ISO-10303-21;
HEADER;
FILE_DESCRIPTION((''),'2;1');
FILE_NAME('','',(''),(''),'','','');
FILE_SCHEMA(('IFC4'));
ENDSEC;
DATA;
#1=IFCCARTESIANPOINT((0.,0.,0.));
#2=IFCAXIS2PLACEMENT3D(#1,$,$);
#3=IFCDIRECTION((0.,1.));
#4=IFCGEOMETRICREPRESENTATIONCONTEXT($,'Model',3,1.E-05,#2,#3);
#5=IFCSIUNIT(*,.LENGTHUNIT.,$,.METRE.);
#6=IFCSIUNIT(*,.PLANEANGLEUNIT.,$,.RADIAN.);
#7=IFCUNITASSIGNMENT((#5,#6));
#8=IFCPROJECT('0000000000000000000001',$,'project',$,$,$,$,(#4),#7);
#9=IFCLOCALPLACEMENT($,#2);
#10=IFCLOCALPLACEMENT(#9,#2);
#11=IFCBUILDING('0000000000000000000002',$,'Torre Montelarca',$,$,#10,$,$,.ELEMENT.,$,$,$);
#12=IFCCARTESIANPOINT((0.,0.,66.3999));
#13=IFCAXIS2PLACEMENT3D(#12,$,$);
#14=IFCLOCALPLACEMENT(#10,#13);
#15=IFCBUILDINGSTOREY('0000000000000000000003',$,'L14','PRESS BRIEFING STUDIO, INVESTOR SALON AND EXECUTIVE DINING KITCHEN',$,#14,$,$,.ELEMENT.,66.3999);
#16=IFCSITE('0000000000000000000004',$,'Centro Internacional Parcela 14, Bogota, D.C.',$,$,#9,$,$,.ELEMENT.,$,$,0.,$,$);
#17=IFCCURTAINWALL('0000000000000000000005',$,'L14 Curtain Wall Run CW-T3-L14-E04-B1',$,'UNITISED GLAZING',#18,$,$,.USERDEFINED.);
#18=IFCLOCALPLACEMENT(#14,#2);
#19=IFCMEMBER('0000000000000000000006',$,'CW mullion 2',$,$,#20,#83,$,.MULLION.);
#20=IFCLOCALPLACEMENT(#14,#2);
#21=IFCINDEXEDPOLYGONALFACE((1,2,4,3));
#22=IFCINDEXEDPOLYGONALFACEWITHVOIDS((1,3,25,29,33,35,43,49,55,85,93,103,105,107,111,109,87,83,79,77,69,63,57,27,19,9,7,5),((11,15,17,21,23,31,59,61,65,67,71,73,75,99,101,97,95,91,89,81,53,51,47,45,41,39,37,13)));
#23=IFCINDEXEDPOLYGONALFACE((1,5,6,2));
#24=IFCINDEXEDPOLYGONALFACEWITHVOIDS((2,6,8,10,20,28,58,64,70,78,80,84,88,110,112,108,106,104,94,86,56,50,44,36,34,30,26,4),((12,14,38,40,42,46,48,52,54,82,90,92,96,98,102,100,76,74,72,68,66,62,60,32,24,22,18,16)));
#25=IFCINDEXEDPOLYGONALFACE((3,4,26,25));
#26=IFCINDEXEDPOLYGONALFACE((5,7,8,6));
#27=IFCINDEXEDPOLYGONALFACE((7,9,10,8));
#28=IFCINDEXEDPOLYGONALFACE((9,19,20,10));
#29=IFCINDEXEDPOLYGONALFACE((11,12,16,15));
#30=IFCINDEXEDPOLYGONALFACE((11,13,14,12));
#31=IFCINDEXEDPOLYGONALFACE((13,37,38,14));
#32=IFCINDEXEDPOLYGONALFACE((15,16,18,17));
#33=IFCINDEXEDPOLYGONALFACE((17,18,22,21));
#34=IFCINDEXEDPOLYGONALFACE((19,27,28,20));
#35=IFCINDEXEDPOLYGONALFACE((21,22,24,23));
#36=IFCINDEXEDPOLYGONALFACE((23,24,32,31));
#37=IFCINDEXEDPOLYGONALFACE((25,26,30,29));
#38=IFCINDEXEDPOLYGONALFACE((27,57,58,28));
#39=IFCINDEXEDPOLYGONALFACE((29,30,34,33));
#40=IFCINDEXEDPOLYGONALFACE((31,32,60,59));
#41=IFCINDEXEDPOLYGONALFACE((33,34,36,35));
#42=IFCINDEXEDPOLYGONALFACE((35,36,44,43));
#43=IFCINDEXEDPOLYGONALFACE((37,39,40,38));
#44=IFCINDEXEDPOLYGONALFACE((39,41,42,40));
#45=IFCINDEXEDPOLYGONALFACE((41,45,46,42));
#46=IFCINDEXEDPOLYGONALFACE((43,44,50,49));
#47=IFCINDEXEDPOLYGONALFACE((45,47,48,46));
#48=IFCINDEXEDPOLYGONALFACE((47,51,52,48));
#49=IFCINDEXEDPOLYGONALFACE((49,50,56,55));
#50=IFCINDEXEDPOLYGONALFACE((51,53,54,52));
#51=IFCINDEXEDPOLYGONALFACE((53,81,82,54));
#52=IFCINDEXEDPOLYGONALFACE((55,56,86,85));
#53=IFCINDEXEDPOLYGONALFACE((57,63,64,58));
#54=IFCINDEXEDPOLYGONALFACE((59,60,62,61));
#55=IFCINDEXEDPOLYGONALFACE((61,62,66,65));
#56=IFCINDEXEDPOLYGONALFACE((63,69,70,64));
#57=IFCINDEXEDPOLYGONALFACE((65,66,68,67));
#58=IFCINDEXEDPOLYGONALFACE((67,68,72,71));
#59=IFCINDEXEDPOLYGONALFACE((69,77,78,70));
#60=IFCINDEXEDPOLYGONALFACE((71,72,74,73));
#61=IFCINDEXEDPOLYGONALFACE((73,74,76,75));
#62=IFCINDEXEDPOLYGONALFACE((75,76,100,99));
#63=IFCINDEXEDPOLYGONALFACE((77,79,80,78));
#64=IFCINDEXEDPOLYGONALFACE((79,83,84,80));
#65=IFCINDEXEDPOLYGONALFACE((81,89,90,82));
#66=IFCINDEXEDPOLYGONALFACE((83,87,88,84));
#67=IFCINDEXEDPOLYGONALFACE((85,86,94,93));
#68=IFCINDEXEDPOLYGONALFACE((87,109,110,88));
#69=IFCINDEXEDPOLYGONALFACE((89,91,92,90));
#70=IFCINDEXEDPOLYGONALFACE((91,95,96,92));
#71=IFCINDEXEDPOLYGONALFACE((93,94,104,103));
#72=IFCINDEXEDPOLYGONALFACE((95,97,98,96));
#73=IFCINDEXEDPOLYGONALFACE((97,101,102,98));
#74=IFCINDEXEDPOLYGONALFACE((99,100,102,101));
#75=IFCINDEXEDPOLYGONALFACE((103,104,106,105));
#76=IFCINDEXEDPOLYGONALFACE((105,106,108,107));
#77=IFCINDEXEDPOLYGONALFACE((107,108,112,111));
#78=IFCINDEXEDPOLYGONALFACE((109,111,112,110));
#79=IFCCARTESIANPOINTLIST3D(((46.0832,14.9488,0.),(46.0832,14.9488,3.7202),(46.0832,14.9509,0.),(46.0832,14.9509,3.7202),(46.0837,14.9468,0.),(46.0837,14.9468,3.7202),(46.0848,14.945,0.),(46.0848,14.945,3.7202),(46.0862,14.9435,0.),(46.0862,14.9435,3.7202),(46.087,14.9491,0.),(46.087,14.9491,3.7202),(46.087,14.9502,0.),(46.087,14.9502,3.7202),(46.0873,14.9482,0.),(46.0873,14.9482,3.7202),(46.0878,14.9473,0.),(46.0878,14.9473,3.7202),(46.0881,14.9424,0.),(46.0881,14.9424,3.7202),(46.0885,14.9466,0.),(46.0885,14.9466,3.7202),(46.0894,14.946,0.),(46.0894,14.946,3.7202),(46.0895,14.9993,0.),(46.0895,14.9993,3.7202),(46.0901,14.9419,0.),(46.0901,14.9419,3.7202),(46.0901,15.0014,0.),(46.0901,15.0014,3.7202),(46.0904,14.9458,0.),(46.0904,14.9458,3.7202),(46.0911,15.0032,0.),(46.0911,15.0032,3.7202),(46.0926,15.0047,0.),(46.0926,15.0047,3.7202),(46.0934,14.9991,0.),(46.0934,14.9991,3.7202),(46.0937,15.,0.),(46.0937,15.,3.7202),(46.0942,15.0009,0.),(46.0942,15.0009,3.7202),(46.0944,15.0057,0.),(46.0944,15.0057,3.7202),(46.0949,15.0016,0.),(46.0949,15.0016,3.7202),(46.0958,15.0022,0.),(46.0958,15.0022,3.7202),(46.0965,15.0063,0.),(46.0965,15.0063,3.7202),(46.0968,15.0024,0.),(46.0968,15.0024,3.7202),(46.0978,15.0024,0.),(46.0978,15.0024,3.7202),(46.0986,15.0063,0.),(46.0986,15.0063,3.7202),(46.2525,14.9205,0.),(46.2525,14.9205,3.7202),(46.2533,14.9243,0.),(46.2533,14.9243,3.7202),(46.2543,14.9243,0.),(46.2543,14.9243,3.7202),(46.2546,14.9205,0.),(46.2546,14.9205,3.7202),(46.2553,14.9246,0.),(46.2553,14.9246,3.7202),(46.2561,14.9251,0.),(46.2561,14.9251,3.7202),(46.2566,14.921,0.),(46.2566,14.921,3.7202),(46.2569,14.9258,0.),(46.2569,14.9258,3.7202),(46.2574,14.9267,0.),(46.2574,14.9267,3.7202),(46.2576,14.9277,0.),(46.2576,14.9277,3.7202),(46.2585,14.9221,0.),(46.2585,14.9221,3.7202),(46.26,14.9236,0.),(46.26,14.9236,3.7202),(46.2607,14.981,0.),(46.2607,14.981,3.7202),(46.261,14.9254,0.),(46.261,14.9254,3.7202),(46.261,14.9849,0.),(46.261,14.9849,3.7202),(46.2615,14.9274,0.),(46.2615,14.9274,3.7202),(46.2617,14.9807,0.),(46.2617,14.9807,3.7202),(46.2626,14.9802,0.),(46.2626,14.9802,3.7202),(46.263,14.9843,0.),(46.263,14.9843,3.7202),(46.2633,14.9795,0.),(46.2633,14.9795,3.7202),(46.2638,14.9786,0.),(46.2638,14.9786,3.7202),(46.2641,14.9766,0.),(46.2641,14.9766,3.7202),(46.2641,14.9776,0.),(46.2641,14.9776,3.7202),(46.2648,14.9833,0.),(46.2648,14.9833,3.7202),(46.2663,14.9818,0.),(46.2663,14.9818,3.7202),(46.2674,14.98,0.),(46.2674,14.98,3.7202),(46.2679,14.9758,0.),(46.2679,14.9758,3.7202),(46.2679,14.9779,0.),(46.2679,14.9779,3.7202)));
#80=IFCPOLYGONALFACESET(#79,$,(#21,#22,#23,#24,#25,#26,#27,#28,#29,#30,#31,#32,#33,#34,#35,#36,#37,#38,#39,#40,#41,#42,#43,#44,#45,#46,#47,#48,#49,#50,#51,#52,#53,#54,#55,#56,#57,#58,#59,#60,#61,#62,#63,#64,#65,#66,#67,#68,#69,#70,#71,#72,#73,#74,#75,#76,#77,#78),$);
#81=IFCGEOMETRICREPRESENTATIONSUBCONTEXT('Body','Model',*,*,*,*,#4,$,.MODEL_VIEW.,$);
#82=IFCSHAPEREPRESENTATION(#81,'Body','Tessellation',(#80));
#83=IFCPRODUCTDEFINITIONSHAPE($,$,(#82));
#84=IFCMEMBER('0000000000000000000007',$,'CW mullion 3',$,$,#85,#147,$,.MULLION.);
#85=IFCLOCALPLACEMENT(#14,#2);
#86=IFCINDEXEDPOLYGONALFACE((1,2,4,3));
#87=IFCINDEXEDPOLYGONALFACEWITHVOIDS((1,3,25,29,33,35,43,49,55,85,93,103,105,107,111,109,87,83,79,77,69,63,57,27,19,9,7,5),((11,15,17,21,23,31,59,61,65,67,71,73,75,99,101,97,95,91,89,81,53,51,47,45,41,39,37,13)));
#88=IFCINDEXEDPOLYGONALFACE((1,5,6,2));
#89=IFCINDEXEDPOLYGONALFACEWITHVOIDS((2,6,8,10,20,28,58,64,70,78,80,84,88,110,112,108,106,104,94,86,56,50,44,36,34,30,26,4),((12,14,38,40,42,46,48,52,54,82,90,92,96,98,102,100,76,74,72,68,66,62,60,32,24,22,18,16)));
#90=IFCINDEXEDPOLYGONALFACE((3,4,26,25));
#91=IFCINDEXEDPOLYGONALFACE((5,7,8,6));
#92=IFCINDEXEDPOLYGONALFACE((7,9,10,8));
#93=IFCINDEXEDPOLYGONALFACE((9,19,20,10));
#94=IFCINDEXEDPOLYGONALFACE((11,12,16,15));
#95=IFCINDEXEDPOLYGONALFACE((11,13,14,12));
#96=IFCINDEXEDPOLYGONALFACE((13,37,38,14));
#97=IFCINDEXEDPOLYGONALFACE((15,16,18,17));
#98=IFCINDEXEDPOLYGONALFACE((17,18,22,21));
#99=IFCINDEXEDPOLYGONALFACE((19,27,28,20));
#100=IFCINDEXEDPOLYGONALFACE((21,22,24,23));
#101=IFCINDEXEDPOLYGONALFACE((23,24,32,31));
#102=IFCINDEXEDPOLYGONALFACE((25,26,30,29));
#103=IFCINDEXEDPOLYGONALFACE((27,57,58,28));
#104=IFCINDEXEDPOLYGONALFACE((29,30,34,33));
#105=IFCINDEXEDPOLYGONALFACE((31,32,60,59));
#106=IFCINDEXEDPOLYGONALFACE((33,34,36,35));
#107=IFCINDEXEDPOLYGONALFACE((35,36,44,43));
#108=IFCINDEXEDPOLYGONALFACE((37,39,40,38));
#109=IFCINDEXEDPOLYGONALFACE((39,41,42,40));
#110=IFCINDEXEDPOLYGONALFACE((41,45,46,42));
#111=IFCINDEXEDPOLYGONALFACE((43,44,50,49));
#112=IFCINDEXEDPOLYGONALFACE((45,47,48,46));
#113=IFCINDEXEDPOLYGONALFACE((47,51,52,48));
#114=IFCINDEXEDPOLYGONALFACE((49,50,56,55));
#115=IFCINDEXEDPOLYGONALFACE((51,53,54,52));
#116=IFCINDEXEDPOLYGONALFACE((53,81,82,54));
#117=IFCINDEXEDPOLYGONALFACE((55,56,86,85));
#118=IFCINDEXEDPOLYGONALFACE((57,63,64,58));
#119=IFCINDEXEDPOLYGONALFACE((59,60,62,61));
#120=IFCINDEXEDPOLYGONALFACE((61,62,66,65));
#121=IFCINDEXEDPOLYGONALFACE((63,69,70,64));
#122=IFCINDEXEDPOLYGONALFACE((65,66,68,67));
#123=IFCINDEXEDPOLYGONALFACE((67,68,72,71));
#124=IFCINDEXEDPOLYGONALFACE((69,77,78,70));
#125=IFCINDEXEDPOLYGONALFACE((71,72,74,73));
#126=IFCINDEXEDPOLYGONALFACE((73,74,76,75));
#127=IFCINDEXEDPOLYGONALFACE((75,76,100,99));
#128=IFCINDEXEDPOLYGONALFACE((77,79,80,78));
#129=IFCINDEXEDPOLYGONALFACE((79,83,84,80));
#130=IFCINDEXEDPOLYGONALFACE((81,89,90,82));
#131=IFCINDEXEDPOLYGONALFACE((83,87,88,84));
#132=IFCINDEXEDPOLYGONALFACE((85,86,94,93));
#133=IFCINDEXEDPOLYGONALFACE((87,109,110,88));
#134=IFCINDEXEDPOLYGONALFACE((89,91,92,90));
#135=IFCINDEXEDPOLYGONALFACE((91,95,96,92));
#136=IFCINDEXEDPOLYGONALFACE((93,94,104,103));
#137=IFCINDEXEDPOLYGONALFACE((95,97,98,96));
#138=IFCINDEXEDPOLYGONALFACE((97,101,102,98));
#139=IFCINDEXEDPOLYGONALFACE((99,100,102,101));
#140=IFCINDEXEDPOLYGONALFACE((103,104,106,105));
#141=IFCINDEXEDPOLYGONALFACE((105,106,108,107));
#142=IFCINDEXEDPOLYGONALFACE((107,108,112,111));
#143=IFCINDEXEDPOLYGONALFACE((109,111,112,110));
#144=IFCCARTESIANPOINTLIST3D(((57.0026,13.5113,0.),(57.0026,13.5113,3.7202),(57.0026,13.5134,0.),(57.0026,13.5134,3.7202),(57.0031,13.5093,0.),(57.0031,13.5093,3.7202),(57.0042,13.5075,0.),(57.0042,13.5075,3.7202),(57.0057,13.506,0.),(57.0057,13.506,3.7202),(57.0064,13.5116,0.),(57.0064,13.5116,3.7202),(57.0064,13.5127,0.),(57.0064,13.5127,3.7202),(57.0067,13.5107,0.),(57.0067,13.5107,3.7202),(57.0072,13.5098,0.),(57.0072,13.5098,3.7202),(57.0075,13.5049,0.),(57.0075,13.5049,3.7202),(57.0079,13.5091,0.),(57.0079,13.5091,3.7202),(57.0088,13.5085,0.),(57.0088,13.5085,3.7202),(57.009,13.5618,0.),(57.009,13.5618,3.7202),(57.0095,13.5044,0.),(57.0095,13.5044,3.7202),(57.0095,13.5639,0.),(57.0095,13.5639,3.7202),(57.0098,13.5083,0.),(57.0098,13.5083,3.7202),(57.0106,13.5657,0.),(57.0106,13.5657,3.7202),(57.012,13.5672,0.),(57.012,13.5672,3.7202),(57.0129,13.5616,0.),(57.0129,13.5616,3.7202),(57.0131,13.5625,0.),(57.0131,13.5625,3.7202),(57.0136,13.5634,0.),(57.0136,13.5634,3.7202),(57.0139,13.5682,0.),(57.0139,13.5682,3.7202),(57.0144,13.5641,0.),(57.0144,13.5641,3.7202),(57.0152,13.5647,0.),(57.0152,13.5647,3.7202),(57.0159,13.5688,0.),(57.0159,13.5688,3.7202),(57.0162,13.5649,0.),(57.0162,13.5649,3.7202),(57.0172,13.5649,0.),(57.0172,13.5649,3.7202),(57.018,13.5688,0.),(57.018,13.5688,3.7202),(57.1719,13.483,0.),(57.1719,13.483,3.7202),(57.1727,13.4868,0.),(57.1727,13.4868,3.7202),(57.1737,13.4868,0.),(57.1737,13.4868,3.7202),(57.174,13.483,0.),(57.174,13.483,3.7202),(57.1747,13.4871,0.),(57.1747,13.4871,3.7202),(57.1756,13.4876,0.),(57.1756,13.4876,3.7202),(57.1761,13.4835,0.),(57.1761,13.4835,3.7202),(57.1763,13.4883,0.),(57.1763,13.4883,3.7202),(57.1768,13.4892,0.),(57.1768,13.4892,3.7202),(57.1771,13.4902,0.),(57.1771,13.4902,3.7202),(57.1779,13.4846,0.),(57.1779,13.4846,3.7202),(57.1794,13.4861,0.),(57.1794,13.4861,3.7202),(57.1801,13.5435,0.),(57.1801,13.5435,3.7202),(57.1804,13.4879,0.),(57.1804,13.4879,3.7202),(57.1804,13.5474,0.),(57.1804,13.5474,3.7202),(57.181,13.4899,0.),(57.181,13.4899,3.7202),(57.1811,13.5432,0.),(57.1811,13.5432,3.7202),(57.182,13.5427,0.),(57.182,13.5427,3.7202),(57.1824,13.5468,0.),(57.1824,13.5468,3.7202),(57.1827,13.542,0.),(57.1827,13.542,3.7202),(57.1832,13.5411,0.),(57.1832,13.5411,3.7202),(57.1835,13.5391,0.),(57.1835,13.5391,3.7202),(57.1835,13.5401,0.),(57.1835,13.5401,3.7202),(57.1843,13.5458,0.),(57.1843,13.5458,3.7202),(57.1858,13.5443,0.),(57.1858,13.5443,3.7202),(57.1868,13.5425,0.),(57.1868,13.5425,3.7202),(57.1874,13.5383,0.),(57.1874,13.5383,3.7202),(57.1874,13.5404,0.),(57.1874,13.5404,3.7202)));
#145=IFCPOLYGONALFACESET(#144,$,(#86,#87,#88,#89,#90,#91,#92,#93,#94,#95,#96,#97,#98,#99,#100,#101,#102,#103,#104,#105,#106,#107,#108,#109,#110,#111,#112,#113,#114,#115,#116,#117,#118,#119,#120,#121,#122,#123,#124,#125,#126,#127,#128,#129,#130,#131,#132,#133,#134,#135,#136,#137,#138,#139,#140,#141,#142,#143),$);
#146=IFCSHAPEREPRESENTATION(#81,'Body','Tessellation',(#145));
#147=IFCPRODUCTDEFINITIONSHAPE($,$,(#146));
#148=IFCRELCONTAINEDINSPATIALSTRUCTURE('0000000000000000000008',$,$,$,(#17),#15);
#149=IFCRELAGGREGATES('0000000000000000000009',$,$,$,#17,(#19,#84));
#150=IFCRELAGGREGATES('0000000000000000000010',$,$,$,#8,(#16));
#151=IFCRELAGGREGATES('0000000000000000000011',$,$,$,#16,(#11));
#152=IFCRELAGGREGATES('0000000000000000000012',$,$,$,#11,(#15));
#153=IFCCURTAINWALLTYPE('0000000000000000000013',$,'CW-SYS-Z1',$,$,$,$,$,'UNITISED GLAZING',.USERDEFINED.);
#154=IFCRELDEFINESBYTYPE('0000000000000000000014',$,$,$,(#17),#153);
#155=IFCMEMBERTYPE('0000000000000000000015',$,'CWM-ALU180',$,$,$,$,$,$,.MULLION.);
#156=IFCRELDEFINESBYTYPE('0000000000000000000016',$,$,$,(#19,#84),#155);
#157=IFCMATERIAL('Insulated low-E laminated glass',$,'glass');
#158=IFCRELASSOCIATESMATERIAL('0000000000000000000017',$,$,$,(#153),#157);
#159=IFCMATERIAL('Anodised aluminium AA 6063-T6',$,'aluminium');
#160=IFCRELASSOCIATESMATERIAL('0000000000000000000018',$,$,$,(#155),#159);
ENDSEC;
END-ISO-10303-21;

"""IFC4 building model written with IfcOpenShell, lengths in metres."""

from ifc_helpers import new_model, si_unit, direction, frame, origin, origin_2d, place, context, subcontext, project, spatial, hollow_rectangle, extrude, source, transform, mapped, material, material_profile, profile_set, type_object, element, aggregate, save


model = new_model("IFC4")

# Units and contexts
model_context = context("Model", 3, precision=1e-05, world=origin(), true_north=direction((0.0, 1.0)))
body_context = subcontext(model_context, "Body", "Model", "MODEL_VIEW")
ifc_project = project(units=[si_unit("LENGTHUNIT", "METRE"), si_unit("PLANEANGLEUNIT", "RADIAN")], contexts=[model_context])

# Site, building, storey
site_placement = place(None, origin())
site = spatial("IfcSite", under=ifc_project, at=site_placement, Name="Centro Internacional Parcela 14, Bogota, D.C.", CompositionType="ELEMENT", RefElevation=0.0)
building_placement = place(site_placement, origin())
building = spatial("IfcBuilding", under=site, at=building_placement, Name="Torre Montelarca", CompositionType="ELEMENT")
storey_placement = place(building_placement, frame((0.0, 0.0, 66.3999)))
storey = spatial("IfcBuildingStorey", under=building, at=storey_placement, Name="L14", Description="PRESS BRIEFING STUDIO, INVESTOR SALON AND EXECUTIVE DINING KITCHEN", CompositionType="ELEMENT", Elevation=66.3999)

# Curtain wall
ifc_material_1 = material(Name="Insulated low-E laminated glass", Category="glass")
curtain_wall_type = type_object("IfcCurtainWallType", Name="CW-SYS-Z1", ElementType="UNITISED GLAZING", PredefinedType="USERDEFINED", material=ifc_material_1)
curtain_wall_1_placement = place(storey_placement, origin())
curtain_wall_1 = element("IfcCurtainWall", 1, at=curtain_wall_1_placement, inside=storey, type_object=curtain_wall_type, Name="L14 Curtain Wall Run CW-T3-L14-E04-B1", ObjectType="UNITISED GLAZING", PredefinedType="USERDEFINED")
ifc_material_2 = material(Name="Anodised aluminium AA 6063-T6", Category="aluminium")

# Members
ifc_material_profile_1 = material_profile(ifc_material_2, hollow_rectangle(XDim=0.0649, YDim=0.1799, WallThickness=0.0039, InnerFilletRadius=0.0039, OuterFilletRadius=0.0081, at=origin_2d()), Name="ALU65X180X4", Category="aluminium")
ifc_profile_set_1 = profile_set([ifc_material_profile_1], Name="Anodised aluminium AA 6063-T6")
member_type_1 = type_object("IfcMemberType", Name="CWM-ALU180", PredefinedType="MULLION", material=ifc_profile_set_1)
shared_shape_1 = source(origin(), body_context, "Body", "SweptSolid", [
    extrude(hollow_rectangle(XDim=0.0649, YDim=0.1799, WallThickness=0.0039, InnerFilletRadius=0.0039, OuterFilletRadius=0.0081, at=origin_2d()), origin(), (0.0, 0.0, 1.0), 3.7202),
])
member_1_placement = place(storey_placement, frame((46.1755, 14.9634, 0.0), z_axis=(0.0, 0.0, 1.0), x_axis=(0.130521, 0.991446, 0.0)))
member_1 = element("IfcMember", 2, at=member_1_placement, type_object=member_type_1, Name="CW mullion 2", PredefinedType="MULLION", context=body_context, shape_type="MappedRepresentation", body=[
    mapped(shared_shape_1, transform((0.0, 0.0, 0.0), scale=1.0)),
])
member_2_placement = place(storey_placement, frame((57.095, 13.5259, 0.0), z_axis=(0.0, 0.0, 1.0), x_axis=(0.130521, 0.991446, 0.0)))
member_2 = element("IfcMember", 3, at=member_2_placement, type_object=member_type_1, Name="CW mullion 3", PredefinedType="MULLION", context=body_context, shape_type="MappedRepresentation", body=[
    mapped(shared_shape_1, transform((0.0, 0.0, 0.0), scale=1.0)),
])

aggregate(curtain_wall_1, [member_1, member_2])

save(model, "model.ifc")
